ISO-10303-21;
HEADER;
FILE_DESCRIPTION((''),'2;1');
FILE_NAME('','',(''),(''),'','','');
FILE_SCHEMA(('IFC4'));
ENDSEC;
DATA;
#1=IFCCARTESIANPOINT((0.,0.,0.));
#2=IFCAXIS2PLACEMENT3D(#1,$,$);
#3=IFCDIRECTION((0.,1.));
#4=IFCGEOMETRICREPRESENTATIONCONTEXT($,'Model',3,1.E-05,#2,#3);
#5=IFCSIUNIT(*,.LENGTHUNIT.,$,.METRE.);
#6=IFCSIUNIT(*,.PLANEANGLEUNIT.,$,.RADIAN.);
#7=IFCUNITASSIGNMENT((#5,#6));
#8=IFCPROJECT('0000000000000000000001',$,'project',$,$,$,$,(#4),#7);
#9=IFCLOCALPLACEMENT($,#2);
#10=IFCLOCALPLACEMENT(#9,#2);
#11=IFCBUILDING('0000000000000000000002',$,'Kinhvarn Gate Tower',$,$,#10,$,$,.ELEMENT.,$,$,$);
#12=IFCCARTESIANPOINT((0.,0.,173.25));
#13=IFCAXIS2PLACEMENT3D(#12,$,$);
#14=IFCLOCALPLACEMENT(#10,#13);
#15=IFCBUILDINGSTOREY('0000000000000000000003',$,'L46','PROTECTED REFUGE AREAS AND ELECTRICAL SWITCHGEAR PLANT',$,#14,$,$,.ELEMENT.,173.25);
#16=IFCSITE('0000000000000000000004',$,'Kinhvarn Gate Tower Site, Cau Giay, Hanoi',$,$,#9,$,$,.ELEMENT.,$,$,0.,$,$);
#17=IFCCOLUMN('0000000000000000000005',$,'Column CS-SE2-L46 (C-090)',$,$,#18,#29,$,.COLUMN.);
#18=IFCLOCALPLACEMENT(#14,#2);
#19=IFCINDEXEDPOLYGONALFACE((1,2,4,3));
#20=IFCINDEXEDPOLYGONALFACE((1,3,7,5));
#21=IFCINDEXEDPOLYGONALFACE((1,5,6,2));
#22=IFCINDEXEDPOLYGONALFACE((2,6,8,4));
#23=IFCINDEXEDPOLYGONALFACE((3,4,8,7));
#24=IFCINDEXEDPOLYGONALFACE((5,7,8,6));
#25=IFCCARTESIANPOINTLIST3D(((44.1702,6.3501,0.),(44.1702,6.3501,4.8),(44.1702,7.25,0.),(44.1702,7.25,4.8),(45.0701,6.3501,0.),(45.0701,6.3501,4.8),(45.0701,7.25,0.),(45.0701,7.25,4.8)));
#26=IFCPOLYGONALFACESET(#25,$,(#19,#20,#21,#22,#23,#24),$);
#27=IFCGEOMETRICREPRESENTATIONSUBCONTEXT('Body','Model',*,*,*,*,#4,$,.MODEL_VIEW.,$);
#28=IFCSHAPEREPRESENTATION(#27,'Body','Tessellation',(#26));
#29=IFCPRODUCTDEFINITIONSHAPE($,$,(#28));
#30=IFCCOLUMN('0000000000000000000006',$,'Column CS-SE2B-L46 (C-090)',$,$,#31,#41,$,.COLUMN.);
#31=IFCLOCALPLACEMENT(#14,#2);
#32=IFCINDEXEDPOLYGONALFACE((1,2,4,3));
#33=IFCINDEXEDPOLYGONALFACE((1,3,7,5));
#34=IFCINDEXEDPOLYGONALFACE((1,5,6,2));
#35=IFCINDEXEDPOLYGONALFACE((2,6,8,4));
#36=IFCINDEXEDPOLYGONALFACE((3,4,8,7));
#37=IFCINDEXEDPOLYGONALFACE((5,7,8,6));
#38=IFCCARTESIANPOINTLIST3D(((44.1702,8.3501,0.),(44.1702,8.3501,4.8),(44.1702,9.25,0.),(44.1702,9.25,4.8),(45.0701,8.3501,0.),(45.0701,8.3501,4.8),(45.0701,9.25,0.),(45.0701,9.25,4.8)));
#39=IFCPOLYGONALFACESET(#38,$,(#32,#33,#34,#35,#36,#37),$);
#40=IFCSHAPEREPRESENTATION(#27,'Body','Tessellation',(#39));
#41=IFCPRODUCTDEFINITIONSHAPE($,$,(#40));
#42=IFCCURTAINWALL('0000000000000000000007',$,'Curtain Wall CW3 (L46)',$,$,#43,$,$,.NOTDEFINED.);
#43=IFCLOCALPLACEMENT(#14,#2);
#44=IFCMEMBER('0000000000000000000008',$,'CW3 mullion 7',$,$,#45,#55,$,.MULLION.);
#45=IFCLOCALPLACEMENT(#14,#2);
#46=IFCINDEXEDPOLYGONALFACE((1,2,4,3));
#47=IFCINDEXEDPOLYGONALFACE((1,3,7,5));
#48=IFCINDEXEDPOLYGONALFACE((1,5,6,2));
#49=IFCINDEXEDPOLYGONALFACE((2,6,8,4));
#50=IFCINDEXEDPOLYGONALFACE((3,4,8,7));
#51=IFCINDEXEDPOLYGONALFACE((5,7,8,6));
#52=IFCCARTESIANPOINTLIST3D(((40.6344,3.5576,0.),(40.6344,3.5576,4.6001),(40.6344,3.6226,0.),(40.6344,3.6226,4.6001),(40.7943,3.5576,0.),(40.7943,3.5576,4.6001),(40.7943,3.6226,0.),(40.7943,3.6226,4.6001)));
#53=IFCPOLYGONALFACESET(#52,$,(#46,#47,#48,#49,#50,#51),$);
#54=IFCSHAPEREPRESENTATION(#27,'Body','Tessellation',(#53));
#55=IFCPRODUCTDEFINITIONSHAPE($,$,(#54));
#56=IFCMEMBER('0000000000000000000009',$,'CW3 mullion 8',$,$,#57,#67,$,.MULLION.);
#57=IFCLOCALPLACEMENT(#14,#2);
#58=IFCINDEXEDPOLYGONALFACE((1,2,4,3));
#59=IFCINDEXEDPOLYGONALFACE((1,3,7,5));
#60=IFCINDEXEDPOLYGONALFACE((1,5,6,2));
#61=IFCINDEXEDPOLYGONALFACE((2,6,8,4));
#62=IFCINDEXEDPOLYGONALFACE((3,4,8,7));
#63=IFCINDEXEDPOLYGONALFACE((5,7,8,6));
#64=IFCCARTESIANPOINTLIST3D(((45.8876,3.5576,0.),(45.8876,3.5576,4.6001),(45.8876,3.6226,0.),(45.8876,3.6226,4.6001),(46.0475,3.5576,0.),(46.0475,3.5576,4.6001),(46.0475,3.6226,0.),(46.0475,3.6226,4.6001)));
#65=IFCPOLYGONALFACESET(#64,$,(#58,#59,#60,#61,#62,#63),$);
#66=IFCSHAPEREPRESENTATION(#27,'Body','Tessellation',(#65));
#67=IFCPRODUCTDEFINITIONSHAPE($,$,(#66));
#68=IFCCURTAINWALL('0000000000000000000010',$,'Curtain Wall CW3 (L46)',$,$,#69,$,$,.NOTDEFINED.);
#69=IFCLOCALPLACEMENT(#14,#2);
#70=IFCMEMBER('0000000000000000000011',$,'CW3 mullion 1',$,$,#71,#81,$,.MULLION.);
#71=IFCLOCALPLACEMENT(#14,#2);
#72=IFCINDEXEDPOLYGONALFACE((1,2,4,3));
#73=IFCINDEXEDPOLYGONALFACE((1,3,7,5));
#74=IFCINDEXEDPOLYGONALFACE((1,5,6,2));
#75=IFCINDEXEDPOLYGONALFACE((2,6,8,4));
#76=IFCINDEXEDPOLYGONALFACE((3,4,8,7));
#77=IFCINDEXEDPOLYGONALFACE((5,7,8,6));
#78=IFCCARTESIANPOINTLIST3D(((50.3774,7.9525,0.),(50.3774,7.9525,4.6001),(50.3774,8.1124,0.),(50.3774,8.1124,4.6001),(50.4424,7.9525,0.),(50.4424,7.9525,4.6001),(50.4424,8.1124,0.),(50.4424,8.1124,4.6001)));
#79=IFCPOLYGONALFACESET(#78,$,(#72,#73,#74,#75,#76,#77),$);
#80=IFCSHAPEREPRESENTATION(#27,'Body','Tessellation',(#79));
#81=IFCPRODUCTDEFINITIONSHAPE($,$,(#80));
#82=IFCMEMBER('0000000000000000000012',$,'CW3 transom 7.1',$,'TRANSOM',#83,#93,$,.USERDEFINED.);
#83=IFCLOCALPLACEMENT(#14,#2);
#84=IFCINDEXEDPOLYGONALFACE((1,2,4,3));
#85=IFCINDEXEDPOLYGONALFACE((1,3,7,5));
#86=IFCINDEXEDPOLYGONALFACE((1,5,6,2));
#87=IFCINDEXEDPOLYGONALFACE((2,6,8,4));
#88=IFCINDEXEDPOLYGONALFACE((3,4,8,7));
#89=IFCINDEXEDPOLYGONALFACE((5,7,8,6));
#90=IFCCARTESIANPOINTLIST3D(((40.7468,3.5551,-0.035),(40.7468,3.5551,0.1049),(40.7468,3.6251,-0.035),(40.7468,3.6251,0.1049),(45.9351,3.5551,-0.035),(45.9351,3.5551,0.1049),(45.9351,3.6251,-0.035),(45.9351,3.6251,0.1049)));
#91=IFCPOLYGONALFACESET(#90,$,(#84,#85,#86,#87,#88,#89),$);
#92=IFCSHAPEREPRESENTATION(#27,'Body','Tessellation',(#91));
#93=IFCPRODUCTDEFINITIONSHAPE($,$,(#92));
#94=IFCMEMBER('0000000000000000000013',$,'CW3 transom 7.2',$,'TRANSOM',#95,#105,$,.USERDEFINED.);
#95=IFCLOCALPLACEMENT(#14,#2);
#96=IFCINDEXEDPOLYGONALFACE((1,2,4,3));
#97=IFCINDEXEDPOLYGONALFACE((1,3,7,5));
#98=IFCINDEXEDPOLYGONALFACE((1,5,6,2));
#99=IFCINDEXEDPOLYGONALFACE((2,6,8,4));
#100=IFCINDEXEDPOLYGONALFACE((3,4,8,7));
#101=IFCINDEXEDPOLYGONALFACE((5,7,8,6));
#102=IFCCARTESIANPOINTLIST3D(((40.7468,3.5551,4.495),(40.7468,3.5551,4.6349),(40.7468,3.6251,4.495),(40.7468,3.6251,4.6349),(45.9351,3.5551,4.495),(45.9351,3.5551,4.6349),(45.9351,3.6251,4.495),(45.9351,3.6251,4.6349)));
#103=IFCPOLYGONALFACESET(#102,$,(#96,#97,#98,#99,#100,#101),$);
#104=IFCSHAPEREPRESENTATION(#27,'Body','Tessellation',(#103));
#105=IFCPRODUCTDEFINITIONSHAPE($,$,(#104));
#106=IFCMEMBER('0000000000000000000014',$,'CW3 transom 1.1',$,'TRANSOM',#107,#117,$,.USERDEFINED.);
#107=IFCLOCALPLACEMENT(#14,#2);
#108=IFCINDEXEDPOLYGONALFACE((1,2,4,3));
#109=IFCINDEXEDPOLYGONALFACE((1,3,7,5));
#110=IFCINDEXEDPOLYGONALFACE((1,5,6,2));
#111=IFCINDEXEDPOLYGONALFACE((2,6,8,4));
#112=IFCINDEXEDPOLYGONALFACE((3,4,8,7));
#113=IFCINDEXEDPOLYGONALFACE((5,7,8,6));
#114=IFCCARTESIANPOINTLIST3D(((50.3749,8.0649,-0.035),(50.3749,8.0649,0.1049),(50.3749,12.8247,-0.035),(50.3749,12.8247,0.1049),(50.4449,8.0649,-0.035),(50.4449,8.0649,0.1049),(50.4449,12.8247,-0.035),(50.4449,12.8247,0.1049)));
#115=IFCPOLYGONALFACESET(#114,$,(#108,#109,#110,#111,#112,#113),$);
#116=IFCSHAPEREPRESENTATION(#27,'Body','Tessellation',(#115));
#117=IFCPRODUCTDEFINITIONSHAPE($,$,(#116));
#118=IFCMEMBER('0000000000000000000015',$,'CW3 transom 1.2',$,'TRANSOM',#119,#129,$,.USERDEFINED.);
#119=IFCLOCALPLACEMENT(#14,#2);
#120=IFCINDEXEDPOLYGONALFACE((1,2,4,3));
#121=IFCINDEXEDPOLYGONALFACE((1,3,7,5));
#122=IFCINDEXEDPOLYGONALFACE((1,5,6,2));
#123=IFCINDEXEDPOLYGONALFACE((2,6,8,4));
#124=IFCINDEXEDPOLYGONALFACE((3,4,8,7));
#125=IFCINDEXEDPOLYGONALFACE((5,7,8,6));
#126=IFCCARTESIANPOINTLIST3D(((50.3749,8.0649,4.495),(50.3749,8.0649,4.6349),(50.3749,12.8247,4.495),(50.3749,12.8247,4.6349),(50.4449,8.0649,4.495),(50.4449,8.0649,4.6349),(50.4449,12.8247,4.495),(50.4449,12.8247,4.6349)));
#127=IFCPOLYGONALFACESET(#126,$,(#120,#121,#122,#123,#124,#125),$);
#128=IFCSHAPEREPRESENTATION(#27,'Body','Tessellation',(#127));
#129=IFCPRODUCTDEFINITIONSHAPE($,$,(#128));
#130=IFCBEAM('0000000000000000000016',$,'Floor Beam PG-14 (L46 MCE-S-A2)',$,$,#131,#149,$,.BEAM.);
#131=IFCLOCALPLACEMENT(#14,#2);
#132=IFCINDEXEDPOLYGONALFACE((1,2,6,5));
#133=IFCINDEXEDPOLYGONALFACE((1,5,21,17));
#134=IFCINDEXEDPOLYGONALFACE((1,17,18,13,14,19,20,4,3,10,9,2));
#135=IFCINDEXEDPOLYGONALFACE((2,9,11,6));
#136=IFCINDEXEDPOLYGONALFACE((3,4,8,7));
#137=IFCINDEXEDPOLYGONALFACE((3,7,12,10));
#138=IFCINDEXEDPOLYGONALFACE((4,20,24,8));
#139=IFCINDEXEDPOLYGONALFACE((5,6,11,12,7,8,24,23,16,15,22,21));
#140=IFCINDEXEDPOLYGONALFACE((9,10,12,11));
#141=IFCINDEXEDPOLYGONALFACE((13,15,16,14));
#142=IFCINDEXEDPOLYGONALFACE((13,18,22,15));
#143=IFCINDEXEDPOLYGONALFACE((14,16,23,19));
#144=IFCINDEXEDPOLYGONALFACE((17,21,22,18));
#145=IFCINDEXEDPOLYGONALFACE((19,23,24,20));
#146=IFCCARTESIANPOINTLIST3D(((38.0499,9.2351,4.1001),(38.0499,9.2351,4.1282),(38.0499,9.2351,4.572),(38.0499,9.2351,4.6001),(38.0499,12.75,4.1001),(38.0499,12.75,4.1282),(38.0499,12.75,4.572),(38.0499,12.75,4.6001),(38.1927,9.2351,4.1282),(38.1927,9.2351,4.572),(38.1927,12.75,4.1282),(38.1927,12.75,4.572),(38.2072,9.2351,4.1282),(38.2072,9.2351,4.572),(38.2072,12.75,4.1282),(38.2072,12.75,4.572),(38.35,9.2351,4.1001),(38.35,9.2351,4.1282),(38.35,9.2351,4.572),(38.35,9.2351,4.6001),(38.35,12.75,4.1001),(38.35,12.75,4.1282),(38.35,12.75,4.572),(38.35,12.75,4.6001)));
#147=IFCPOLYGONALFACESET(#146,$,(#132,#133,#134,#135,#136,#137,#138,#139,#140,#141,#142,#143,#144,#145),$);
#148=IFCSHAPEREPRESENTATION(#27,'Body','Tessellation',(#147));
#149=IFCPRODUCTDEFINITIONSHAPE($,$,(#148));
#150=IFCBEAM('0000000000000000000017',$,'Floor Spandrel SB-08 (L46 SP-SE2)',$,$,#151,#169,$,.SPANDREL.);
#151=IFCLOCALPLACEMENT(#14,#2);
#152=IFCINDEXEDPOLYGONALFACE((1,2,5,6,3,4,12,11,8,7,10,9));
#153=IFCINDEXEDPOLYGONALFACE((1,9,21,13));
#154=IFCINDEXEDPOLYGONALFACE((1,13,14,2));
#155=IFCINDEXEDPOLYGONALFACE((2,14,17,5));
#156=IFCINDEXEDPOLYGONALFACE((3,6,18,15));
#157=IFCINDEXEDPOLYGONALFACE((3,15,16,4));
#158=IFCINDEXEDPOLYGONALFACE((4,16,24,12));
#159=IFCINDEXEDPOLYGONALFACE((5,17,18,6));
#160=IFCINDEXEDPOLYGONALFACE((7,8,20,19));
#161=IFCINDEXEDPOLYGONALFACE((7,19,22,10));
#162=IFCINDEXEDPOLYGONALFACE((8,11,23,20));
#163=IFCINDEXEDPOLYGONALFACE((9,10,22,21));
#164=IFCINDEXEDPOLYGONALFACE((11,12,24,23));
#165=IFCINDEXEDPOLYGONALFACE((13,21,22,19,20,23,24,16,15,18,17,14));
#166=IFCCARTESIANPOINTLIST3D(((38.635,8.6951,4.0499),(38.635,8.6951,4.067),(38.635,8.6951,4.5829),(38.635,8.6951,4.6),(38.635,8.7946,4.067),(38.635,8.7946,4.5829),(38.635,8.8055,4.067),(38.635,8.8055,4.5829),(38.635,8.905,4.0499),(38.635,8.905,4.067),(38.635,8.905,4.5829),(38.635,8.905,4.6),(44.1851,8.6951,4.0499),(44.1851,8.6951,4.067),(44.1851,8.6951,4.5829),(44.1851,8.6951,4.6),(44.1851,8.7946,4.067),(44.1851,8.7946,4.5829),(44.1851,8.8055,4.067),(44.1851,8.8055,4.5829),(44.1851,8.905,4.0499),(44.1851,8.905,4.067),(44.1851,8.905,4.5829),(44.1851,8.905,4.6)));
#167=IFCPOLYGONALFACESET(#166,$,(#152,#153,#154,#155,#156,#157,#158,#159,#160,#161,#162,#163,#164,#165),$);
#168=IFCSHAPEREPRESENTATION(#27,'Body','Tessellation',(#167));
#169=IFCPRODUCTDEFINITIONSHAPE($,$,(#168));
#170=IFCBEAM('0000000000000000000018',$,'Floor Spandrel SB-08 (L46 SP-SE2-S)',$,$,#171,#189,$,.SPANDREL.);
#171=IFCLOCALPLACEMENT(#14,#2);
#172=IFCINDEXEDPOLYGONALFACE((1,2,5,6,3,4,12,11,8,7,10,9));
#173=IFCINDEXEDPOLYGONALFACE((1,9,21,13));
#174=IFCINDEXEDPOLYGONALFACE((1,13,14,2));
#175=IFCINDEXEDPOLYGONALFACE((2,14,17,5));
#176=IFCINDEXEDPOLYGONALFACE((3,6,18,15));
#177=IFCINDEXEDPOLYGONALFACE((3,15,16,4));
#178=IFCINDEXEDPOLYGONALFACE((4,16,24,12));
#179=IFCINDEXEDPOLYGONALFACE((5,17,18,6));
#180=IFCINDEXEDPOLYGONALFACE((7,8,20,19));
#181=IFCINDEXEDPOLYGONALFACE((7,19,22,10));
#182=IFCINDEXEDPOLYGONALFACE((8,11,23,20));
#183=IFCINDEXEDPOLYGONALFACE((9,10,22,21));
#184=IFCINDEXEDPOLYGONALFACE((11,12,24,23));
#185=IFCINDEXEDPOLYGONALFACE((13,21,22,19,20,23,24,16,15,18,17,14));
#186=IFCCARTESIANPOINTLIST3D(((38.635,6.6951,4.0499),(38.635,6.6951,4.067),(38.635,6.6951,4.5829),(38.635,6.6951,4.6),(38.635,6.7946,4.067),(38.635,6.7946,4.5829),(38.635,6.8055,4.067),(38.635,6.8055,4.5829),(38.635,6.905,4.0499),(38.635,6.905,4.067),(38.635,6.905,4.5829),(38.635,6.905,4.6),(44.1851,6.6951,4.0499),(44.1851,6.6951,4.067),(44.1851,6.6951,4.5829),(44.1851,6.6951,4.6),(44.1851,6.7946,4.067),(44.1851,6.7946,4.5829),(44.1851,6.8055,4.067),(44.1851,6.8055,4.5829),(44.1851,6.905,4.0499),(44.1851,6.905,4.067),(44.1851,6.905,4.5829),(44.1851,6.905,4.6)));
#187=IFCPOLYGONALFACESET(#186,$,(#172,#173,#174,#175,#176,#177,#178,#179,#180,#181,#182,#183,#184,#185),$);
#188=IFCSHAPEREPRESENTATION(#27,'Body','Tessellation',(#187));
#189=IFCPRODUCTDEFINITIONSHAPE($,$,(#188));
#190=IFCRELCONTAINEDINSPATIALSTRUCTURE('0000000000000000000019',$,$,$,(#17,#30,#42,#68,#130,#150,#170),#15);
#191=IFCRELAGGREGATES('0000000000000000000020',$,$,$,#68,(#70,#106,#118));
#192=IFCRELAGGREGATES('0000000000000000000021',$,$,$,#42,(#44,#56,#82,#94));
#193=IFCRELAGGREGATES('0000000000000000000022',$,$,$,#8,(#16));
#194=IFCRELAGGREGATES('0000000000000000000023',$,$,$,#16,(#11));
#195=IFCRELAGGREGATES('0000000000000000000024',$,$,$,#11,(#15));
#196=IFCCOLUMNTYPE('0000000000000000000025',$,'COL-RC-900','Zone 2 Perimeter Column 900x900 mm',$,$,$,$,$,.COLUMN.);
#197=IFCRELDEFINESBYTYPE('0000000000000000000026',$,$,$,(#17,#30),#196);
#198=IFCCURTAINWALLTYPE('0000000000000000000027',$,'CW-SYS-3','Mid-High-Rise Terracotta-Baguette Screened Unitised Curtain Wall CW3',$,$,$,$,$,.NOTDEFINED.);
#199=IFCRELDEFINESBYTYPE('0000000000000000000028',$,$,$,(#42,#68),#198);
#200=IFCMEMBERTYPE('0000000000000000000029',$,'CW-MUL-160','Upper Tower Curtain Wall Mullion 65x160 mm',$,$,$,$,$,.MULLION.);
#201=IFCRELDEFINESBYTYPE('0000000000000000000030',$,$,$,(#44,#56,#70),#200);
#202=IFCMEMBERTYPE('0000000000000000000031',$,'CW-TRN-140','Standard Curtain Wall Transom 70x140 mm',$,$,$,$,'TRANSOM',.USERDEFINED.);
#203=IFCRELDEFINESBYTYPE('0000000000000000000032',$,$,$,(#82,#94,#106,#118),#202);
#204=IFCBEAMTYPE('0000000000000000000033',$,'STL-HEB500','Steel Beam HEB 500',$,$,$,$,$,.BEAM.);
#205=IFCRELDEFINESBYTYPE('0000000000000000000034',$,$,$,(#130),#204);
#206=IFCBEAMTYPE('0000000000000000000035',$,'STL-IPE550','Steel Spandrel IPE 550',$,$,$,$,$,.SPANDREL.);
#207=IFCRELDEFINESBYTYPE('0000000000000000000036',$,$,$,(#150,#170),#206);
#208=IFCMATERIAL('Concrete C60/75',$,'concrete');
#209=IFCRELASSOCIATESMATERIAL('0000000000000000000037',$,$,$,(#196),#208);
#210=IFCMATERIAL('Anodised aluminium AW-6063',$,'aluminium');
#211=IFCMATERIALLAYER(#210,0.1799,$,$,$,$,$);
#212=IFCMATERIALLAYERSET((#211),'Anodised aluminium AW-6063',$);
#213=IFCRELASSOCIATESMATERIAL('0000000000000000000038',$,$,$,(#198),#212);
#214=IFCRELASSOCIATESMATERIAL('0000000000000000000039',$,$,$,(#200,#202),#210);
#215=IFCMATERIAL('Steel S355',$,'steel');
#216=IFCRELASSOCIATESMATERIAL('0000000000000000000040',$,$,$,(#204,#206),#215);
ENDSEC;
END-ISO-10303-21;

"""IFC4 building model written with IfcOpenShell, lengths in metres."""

from ifc_helpers import new_model, si_unit, direction, frame, origin, origin_2d, place, context, subcontext, project, spatial, rectangle, i_section, extrude, material, layer, layer_set, material_profile, profile_set, type_object, element, aggregate, save


model = new_model("IFC4")

# Units and contexts
model_context = context("Model", 3, precision=1e-05, world=origin(), true_north=direction((0.0, 1.0)))
body_context = subcontext(model_context, "Body", "Model", "MODEL_VIEW")
ifc_project = project(units=[si_unit("LENGTHUNIT", "METRE"), si_unit("PLANEANGLEUNIT", "RADIAN")], contexts=[model_context])

# Site, building, storey
site_placement = place(None, origin())
site = spatial("IfcSite", under=ifc_project, at=site_placement, Name="Kinhvarn Gate Tower Site, Cau Giay, Hanoi", CompositionType="ELEMENT", RefElevation=0.0)
building_placement = place(site_placement, origin())
building = spatial("IfcBuilding", under=site, at=building_placement, Name="Kinhvarn Gate Tower", CompositionType="ELEMENT")
storey_placement = place(building_placement, frame((0.0, 0.0, 173.25)))
storey = spatial("IfcBuildingStorey", under=building, at=storey_placement, Name="L46", Description="PROTECTED REFUGE AREAS AND ELECTRICAL SWITCHGEAR PLANT", CompositionType="ELEMENT", Elevation=173.25)

# Columns
ifc_material_1 = material(Name="Concrete C60/75", Category="concrete")
ifc_material_profile_1 = material_profile(ifc_material_1, rectangle(XDim=0.8999, YDim=0.8999, at=origin_2d()), Name="RC 900x900")
ifc_profile_set_1 = profile_set([ifc_material_profile_1], Name="Concrete C60/75")
column_type = type_object("IfcColumnType", Name="COL-RC-900", Description="Zone 2 Perimeter Column 900x900 mm", PredefinedType="COLUMN", material=ifc_profile_set_1)
for number, where, z_axis, x_axis, name in (
    (1, (44.6201, 6.8, 0.0), (0.0, 0.0, 1.0), (1.0, 0.0, 0.0), "Column CS-SE2-L46 (C-090)"),
    (2, (44.6201, 8.8, 0.0), (0.0, 0.0, 1.0), (1.0, 0.0, 0.0), "Column CS-SE2B-L46 (C-090)"),
):
    element("IfcColumn", number, at=place(storey_placement, frame(where, z_axis=z_axis, x_axis=x_axis)), inside=storey, type_object=column_type, Name=name, PredefinedType="COLUMN", context=body_context, shape_type="SweptSolid", body=[
        extrude(rectangle(XDim=0.8999, YDim=0.8999, at=origin_2d()), origin(), (0.0, 0.0, 1.0), 4.8),
    ])

# Curtain wall, members
ifc_material_2 = material(Name="Anodised aluminium AW-6063", Category="aluminium")
ifc_layer_1 = layer(ifc_material_2, 0.1799)
ifc_layer_set_1 = layer_set([ifc_layer_1], Name="Anodised aluminium AW-6063")
curtain_wall_type = type_object("IfcCurtainWallType", Name="CW-SYS-3", Description="Mid-High-Rise Terracotta-Baguette Screened Unitised Curtain Wall CW3", PredefinedType="NOTDEFINED", material=ifc_layer_set_1)
curtain_wall_1_placement = place(storey_placement, origin())
curtain_wall_1 = element("IfcCurtainWall", 3, at=curtain_wall_1_placement, inside=storey, type_object=curtain_wall_type, Name="Curtain Wall CW3 (L46)", PredefinedType="NOTDEFINED")
ifc_material_profile_2 = material_profile(ifc_material_2, rectangle(XDim=0.0649, YDim=0.1599, at=origin_2d()), Name="ALU 65x160")
ifc_profile_set_2 = profile_set([ifc_material_profile_2], Name="Anodised aluminium AW-6063")
member_type_1 = type_object("IfcMemberType", Name="CW-MUL-160", Description="Upper Tower Curtain Wall Mullion 65x160 mm", PredefinedType="MULLION", material=ifc_profile_set_2)
member_1_placement = place(storey_placement, frame((40.7144, 3.5901, 0.0), z_axis=(0.0, 0.0, 1.0), x_axis=(0.0, 1.0, 0.0)))
member_1 = element("IfcMember", 4, at=member_1_placement, type_object=member_type_1, Name="CW3 mullion 7", PredefinedType="MULLION", context=body_context, shape_type="SweptSolid", body=[
    extrude(rectangle(XDim=0.0649, YDim=0.1599, at=origin_2d()), origin(), (0.0, 0.0, 1.0), 4.6001),
])
member_2_placement = place(storey_placement, frame((45.9675, 3.5901, 0.0), z_axis=(0.0, 0.0, 1.0), x_axis=(0.0, 1.0, 0.0)))
member_2 = element("IfcMember", 5, at=member_2_placement, type_object=member_type_1, Name="CW3 mullion 8", PredefinedType="MULLION", context=body_context, shape_type="SweptSolid", body=[
    extrude(rectangle(XDim=0.0649, YDim=0.1599, at=origin_2d()), origin(), (0.0, 0.0, 1.0), 4.6001),
])

# Curtain wall, member
curtain_wall_2_placement = place(storey_placement, origin())
curtain_wall_2 = element("IfcCurtainWall", 6, at=curtain_wall_2_placement, inside=storey, type_object=curtain_wall_type, Name="Curtain Wall CW3 (L46)", PredefinedType="NOTDEFINED")
member_3_placement = place(storey_placement, frame((50.4099, 8.0325, 0.0), z_axis=(0.0, 0.0, 1.0), x_axis=(-1.0, 0.0, 0.0)))
member_3 = element("IfcMember", 7, at=member_3_placement, type_object=member_type_1, Name="CW3 mullion 1", PredefinedType="MULLION", context=body_context, shape_type="SweptSolid", body=[
    extrude(rectangle(XDim=0.0649, YDim=0.1599, at=origin_2d()), origin(), (0.0, 0.0, 1.0), 4.6001),
])

# Members
ifc_material_profile_3 = material_profile(ifc_material_2, rectangle(XDim=0.0701, YDim=0.1399, at=origin_2d()), Name="ALU 70x140")
ifc_profile_set_3 = profile_set([ifc_material_profile_3], Name="Anodised aluminium AW-6063")
member_type_2 = type_object("IfcMemberType", Name="CW-TRN-140", Description="Standard Curtain Wall Transom 70x140 mm", ElementType="TRANSOM", PredefinedType="USERDEFINED", material=ifc_profile_set_3)
member_4_placement = place(storey_placement, frame((40.7468, 3.5901, 0.0349), z_axis=(1.0, 0.0, 0.0), x_axis=(0.0, 1.0, 0.0)))
member_4 = element("IfcMember", 8, at=member_4_placement, type_object=member_type_2, Name="CW3 transom 7.1", ObjectType="TRANSOM", PredefinedType="USERDEFINED", context=body_context, shape_type="SweptSolid", body=[
    extrude(rectangle(XDim=0.0701, YDim=0.1399, at=origin_2d()), origin(), (0.0, 0.0, 1.0), 5.1882),
])
member_5_placement = place(storey_placement, frame((40.7468, 3.5901, 4.5649), z_axis=(1.0, 0.0, 0.0), x_axis=(0.0, 1.0, 0.0)))
member_5 = element("IfcMember", 9, at=member_5_placement, type_object=member_type_2, Name="CW3 transom 7.2", ObjectType="TRANSOM", PredefinedType="USERDEFINED", context=body_context, shape_type="SweptSolid", body=[
    extrude(rectangle(XDim=0.0701, YDim=0.1399, at=origin_2d()), origin(), (0.0, 0.0, 1.0), 5.1882),
])
member_6_placement = place(storey_placement, frame((50.4099, 8.0649, 0.0349), z_axis=(0.0, 1.0, 0.0), x_axis=(-1.0, 0.0, 0.0)))
member_6 = element("IfcMember", 10, at=member_6_placement, type_object=member_type_2, Name="CW3 transom 1.1", ObjectType="TRANSOM", PredefinedType="USERDEFINED", context=body_context, shape_type="SweptSolid", body=[
    extrude(rectangle(XDim=0.0701, YDim=0.1399, at=origin_2d()), origin(), (0.0, 0.0, 1.0), 4.7598),
])
member_7_placement = place(storey_placement, frame((50.4099, 8.0649, 4.5649), z_axis=(0.0, 1.0, 0.0), x_axis=(-1.0, 0.0, 0.0)))
member_7 = element("IfcMember", 11, at=member_7_placement, type_object=member_type_2, Name="CW3 transom 1.2", ObjectType="TRANSOM", PredefinedType="USERDEFINED", context=body_context, shape_type="SweptSolid", body=[
    extrude(rectangle(XDim=0.0701, YDim=0.1399, at=origin_2d()), origin(), (0.0, 0.0, 1.0), 4.7598),
])
aggregate(curtain_wall_2, [member_3, member_6, member_7])

# Beams
ifc_material_3 = material(Name="Steel S355", Category="steel")
ifc_material_profile_4 = material_profile(ifc_material_3, i_section(OverallWidth=0.3, OverallDepth=0.5, WebThickness=0.0144, FlangeThickness=0.0281, at=origin_2d()), Name="HEB 500")
ifc_profile_set_4 = profile_set([ifc_material_profile_4], Name="Steel S355")
beam_type_1 = type_object("IfcBeamType", Name="STL-HEB500", Description="Steel Beam HEB 500", PredefinedType="BEAM", material=ifc_profile_set_4)
beam_placement = place(storey_placement, frame((38.2, 9.2351, 4.3501), z_axis=(0.0, 1.0, 0.0), x_axis=(-1.0, 0.0, 0.0)))
element("IfcBeam", 12, at=beam_placement, inside=storey, type_object=beam_type_1, Name="Floor Beam PG-14 (L46 MCE-S-A2)", PredefinedType="BEAM", context=body_context, shape_type="SweptSolid", body=[
    extrude(i_section(OverallWidth=0.3, OverallDepth=0.5, WebThickness=0.0144, FlangeThickness=0.0281, at=origin_2d()), origin(), (0.0, 0.0, 1.0), 3.5149),
])
ifc_material_profile_5 = material_profile(ifc_material_3, i_section(OverallWidth=0.21, OverallDepth=0.55, WebThickness=0.011, FlangeThickness=0.0171, at=origin_2d()), Name="IPE 550")
ifc_profile_set_5 = profile_set([ifc_material_profile_5], Name="Steel S355")
beam_type_2 = type_object("IfcBeamType", Name="STL-IPE550", Description="Steel Spandrel IPE 550", PredefinedType="SPANDREL", material=ifc_profile_set_5)
for number, where, z_axis, x_axis, name in (
    (13, (38.635, 8.8, 4.325), (1.0, 0.0, 0.0), (0.0, 1.0, 0.0), "Floor Spandrel SB-08 (L46 SP-SE2)"),
    (14, (38.635, 6.8, 4.325), (1.0, 0.0, 0.0), (0.0, 1.0, 0.0), "Floor Spandrel SB-08 (L46 SP-SE2-S)"),
):
    element("IfcBeam", number, at=place(storey_placement, frame(where, z_axis=z_axis, x_axis=x_axis)), inside=storey, type_object=beam_type_2, Name=name, PredefinedType="SPANDREL", context=body_context, shape_type="SweptSolid", body=[
        extrude(i_section(OverallWidth=0.21, OverallDepth=0.55, WebThickness=0.011, FlangeThickness=0.0171, at=origin_2d()), origin(), (0.0, 0.0, 1.0), 5.55),
    ])

aggregate(curtain_wall_1, [member_1, member_2, member_4, member_5])

save(model, "model.ifc")
